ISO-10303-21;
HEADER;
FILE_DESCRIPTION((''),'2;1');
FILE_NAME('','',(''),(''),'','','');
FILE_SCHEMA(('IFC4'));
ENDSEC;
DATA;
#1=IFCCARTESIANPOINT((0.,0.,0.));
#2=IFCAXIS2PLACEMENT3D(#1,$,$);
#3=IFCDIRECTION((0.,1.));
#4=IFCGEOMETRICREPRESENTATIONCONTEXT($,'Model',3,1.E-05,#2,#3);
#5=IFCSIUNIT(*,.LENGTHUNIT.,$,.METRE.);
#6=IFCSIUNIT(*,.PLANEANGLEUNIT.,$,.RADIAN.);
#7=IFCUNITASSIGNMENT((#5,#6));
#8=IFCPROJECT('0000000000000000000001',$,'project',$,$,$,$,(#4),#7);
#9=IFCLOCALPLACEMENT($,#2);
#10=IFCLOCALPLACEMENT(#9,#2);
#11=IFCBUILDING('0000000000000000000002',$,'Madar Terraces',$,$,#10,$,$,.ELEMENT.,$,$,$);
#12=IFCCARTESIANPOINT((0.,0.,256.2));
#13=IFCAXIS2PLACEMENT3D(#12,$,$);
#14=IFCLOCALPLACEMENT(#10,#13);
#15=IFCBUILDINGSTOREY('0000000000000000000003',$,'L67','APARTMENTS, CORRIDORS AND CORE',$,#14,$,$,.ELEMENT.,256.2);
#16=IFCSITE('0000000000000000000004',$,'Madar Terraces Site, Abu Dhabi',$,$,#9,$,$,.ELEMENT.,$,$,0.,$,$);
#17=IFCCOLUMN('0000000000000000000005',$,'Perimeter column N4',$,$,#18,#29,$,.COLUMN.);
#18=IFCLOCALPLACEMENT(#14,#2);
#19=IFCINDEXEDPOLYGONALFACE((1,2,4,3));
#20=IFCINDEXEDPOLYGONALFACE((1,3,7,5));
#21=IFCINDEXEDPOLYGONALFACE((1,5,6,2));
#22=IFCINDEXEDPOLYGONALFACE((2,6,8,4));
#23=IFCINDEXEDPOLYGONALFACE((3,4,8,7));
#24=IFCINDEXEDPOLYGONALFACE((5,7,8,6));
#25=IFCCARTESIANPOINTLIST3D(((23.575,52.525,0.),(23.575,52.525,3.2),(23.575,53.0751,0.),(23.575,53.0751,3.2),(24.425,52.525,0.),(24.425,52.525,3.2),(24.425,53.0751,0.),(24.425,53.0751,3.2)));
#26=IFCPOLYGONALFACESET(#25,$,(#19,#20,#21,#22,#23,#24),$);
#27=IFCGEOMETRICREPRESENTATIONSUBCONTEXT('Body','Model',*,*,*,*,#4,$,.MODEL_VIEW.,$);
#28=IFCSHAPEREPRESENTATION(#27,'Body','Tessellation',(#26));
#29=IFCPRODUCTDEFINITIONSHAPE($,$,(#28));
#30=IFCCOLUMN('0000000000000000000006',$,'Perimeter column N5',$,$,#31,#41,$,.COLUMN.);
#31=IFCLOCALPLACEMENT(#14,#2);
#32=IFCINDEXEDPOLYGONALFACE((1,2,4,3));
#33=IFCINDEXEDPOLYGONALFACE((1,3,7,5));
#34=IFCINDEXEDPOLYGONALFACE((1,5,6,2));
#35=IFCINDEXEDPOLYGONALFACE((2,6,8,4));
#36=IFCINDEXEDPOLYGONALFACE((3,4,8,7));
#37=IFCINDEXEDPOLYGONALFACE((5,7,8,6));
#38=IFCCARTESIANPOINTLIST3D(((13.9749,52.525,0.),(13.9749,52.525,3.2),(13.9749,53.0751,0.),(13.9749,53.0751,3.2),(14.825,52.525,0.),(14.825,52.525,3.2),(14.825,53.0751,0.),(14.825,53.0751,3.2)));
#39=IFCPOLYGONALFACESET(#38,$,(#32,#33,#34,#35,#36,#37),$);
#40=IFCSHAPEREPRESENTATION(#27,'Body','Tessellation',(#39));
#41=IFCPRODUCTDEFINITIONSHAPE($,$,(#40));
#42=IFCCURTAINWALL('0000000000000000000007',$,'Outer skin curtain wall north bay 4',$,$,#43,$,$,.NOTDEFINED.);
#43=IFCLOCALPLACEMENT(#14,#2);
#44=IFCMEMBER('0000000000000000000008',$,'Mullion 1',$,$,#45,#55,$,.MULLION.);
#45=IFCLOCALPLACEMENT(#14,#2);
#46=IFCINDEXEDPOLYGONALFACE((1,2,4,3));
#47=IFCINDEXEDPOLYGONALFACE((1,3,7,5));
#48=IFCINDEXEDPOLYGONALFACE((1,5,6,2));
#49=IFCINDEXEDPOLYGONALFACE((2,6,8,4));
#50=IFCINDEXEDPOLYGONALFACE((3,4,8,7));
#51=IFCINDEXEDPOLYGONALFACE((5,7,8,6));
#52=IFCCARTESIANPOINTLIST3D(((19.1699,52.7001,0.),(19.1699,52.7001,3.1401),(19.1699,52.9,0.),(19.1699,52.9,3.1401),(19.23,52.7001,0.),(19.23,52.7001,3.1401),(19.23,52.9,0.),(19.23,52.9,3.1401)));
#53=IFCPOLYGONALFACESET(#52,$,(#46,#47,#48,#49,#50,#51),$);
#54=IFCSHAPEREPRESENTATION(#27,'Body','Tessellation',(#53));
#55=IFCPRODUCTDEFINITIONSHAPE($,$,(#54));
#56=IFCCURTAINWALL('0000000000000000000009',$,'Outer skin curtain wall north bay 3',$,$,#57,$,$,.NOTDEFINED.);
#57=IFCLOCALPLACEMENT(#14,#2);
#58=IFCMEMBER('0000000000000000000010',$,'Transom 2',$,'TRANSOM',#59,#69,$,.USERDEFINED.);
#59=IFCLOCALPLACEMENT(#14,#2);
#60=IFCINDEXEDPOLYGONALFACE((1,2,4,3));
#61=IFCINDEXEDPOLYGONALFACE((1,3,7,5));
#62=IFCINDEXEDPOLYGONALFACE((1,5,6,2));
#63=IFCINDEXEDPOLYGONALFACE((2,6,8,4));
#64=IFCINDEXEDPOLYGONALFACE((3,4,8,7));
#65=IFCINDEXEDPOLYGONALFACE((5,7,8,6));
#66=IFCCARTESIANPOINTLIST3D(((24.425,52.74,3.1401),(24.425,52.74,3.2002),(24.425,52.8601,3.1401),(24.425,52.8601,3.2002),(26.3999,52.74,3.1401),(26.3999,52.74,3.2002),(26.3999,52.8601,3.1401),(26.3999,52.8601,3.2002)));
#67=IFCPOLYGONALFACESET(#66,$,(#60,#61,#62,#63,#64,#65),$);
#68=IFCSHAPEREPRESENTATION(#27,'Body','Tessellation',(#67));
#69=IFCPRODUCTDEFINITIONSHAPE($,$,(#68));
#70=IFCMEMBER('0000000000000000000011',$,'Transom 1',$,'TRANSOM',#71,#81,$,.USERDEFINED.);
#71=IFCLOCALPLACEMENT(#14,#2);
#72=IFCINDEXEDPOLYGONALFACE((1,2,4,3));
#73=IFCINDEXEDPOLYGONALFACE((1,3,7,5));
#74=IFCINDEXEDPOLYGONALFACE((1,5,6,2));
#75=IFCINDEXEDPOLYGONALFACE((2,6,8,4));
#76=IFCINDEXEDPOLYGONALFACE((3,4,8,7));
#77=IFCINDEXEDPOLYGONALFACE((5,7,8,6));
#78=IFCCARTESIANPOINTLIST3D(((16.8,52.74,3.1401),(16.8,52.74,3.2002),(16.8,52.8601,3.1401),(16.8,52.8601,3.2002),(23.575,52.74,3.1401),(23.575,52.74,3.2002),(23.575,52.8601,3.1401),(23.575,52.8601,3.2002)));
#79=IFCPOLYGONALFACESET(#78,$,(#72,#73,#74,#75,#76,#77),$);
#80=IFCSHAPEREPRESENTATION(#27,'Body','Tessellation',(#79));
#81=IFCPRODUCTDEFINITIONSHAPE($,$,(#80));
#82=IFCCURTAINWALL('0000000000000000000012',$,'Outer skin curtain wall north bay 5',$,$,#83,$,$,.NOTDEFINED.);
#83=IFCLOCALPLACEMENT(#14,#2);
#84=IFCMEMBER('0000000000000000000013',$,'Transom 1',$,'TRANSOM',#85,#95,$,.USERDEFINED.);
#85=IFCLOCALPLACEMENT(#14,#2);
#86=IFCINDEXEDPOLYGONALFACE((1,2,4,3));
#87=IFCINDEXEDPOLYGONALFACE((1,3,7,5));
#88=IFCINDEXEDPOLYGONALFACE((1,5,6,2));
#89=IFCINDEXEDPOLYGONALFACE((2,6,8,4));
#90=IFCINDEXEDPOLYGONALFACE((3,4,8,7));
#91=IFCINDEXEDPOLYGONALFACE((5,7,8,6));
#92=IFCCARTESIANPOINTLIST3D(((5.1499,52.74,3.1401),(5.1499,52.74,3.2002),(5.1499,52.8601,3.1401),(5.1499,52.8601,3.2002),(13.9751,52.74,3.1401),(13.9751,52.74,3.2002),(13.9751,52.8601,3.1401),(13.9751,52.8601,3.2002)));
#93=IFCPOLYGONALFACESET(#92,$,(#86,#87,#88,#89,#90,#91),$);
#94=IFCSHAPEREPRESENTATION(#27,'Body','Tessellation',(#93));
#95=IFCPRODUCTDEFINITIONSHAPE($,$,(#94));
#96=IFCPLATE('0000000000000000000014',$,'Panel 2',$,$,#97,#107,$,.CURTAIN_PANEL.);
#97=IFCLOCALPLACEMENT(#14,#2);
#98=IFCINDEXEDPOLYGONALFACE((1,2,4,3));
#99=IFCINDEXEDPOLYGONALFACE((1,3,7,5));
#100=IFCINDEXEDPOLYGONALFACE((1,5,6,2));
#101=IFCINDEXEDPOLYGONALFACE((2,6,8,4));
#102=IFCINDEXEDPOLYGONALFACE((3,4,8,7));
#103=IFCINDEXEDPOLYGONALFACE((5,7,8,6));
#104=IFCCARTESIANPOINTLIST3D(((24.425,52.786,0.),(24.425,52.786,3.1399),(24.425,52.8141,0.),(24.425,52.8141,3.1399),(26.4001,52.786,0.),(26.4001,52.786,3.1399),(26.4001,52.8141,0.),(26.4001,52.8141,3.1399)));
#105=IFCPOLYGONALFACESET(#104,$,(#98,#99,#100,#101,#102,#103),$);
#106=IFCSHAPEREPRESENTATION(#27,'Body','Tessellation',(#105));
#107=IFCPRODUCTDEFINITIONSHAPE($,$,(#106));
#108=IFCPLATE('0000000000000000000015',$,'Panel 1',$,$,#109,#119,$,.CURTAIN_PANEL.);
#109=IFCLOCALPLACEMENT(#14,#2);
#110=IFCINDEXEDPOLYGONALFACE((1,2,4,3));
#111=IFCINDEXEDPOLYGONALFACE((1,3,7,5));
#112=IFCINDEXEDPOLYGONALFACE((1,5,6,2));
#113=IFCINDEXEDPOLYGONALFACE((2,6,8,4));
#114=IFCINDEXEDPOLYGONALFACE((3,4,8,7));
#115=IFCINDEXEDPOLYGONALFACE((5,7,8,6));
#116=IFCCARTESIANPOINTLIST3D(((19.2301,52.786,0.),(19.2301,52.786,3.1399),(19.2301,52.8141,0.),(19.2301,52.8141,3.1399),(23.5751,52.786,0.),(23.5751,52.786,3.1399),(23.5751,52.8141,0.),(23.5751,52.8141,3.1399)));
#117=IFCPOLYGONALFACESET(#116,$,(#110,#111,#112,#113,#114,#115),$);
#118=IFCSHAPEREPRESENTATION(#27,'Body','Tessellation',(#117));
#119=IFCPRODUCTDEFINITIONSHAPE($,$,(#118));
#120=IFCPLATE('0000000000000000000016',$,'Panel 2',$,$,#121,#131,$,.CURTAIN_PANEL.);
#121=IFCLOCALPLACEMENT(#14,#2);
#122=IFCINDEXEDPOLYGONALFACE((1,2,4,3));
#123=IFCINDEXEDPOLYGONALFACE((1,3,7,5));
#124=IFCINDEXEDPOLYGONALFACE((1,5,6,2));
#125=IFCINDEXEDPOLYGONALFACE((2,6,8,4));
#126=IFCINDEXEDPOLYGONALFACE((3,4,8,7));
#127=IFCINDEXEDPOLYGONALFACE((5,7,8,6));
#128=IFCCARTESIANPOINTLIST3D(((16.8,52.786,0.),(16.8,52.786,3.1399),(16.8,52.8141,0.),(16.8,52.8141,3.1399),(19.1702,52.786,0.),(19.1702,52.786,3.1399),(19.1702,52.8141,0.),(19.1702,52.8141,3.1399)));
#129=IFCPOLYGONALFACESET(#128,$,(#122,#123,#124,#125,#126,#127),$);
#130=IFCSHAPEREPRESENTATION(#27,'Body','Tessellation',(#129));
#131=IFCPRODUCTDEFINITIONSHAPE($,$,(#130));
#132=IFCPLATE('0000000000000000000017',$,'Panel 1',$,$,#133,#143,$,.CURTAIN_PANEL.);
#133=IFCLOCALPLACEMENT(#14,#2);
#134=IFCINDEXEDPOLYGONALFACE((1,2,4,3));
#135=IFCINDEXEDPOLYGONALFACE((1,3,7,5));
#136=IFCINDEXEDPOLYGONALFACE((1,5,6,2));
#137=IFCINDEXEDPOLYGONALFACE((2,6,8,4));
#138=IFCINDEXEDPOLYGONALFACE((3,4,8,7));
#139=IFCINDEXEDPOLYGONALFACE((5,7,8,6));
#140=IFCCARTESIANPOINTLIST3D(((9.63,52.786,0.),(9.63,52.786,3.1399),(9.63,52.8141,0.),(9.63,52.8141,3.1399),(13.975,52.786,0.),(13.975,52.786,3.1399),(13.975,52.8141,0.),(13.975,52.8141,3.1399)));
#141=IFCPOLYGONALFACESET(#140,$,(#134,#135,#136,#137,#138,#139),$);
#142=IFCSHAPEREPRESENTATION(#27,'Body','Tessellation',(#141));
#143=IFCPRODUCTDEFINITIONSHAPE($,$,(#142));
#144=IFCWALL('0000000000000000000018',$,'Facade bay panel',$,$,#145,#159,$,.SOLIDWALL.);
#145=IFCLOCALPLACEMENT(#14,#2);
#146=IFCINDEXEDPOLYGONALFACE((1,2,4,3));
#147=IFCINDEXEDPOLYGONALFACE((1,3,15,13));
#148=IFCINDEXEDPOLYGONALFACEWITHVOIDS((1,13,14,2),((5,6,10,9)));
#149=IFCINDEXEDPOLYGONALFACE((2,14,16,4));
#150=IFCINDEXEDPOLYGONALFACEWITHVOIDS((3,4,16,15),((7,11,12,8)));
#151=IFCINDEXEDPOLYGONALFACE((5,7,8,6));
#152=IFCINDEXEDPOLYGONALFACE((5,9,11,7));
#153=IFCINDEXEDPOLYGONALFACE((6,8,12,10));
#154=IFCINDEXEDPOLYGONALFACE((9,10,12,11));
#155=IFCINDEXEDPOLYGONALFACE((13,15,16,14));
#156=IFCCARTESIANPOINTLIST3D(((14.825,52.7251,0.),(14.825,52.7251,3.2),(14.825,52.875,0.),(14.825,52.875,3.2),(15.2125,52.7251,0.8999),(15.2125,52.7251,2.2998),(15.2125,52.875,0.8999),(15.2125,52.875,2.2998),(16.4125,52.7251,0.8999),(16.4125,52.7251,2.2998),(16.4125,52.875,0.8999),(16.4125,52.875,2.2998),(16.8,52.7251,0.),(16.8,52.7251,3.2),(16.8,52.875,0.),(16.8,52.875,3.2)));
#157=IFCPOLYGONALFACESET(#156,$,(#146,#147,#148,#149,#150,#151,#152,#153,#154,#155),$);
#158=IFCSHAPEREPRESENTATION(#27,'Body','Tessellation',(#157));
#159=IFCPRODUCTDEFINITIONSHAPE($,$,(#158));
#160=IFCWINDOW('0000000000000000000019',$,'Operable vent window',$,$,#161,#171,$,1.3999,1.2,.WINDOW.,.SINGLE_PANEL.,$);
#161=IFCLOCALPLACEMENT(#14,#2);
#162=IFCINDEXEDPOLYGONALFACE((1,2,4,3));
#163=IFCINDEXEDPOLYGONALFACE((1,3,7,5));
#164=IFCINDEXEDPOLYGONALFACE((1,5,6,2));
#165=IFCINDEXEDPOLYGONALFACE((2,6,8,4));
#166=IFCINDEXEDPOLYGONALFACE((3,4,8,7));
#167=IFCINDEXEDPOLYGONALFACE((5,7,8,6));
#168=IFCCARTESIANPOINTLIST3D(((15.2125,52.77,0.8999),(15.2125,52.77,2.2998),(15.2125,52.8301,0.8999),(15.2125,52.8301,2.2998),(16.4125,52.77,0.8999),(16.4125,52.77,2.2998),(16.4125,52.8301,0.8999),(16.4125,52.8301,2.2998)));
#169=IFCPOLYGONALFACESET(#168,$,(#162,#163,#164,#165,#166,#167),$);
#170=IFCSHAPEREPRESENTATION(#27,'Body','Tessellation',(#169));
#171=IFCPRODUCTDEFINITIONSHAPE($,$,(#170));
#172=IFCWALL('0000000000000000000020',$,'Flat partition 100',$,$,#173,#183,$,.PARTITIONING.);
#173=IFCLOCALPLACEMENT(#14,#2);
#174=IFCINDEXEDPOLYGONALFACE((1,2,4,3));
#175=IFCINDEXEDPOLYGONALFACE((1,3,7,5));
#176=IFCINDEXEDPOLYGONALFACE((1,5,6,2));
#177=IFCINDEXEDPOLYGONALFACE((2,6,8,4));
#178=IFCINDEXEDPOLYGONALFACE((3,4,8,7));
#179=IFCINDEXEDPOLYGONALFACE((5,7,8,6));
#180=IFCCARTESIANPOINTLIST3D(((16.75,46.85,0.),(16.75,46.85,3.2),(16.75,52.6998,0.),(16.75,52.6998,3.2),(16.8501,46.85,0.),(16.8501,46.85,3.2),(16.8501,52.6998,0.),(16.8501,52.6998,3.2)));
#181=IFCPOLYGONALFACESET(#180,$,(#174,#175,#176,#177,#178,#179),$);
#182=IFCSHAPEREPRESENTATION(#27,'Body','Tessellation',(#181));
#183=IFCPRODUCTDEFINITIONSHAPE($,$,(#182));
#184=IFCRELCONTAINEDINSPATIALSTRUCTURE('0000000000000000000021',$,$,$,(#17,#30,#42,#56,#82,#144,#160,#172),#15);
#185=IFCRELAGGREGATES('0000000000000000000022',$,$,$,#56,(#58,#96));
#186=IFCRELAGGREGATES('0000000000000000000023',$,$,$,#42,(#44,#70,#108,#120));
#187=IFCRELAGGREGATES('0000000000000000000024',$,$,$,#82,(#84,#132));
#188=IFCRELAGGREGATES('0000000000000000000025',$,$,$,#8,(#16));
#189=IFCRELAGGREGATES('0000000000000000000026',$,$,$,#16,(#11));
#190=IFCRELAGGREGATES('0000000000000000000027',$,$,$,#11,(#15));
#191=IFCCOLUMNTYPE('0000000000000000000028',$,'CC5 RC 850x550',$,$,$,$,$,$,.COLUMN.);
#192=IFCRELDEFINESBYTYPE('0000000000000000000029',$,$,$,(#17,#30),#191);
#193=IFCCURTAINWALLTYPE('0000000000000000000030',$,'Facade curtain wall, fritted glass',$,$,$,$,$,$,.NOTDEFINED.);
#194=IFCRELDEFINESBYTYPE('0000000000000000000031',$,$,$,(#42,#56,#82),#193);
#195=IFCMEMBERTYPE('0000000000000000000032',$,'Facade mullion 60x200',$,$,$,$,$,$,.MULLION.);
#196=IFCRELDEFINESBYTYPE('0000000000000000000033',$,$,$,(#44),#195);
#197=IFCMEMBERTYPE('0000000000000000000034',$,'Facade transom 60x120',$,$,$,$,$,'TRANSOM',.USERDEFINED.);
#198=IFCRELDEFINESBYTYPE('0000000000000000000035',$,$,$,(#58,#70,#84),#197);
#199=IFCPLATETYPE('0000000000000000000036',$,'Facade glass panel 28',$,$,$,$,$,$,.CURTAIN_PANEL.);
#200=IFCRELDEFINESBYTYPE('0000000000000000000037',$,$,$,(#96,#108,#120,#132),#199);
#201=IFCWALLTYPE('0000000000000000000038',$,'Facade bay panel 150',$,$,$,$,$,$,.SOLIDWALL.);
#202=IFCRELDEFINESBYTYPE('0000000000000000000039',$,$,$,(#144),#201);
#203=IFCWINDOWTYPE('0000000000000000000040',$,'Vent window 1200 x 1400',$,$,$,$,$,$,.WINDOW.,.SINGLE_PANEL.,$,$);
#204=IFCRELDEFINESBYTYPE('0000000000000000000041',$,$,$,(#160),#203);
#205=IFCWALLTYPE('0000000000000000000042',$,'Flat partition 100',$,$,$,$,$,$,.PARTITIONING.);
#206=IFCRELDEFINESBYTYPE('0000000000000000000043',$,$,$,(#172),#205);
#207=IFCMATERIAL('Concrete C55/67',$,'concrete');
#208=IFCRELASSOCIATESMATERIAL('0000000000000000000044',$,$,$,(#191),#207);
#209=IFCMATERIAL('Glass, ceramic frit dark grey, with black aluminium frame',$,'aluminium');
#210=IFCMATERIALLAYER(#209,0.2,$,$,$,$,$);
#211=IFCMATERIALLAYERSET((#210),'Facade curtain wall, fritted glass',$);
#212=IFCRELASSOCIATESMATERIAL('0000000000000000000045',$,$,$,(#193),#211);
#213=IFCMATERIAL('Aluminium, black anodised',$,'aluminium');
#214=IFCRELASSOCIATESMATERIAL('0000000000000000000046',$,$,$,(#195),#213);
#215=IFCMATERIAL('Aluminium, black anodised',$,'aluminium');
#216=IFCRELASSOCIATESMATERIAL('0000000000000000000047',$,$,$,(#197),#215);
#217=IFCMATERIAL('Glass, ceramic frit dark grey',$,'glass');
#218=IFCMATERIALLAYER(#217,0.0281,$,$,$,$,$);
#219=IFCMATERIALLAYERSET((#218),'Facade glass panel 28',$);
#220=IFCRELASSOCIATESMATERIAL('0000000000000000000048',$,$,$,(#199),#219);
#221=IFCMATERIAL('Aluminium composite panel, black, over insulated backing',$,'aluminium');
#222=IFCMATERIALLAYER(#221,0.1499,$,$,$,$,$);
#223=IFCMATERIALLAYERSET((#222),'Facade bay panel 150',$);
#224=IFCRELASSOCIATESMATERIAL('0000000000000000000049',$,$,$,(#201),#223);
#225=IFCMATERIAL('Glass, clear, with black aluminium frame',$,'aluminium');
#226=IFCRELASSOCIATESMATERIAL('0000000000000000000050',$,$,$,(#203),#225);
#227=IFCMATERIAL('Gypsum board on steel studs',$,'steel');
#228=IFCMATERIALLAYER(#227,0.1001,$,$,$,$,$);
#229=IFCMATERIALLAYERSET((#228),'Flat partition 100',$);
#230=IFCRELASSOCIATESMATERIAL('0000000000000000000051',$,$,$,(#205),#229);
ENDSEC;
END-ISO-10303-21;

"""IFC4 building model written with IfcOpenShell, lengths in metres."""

from ifc_helpers import new_model, si_unit, direction, frame, frame_2d, origin, origin_2d, place, context, subcontext, project, spatial, rectangle, extrude, material, layer, layer_set, material_profile, profile_set, type_object, element, fill, aggregate, save


model = new_model("IFC4")

# Units and contexts
model_context = context("Model", 3, precision=1e-05, world=origin(), true_north=direction((0.0, 1.0)))
body_context = subcontext(model_context, "Body", "Model", "MODEL_VIEW")
ifc_project = project(units=[si_unit("LENGTHUNIT", "METRE"), si_unit("PLANEANGLEUNIT", "RADIAN")], contexts=[model_context])

# Site, building, storey
site_placement = place(None, origin())
site = spatial("IfcSite", under=ifc_project, at=site_placement, Name="Madar Terraces Site, Abu Dhabi", CompositionType="ELEMENT", RefElevation=0.0)
building_placement = place(site_placement, origin())
building = spatial("IfcBuilding", under=site, at=building_placement, Name="Madar Terraces", CompositionType="ELEMENT")
storey_placement = place(building_placement, frame((0.0, 0.0, 256.2)))
storey = spatial("IfcBuildingStorey", under=building, at=storey_placement, Name="L67", Description="APARTMENTS, CORRIDORS AND CORE", CompositionType="ELEMENT", Elevation=256.2)

# Columns
ifc_material_1 = material(Name="Concrete C55/67", Category="concrete")
ifc_material_profile_1 = material_profile(ifc_material_1, rectangle(XDim=0.8501, YDim=0.55, at=origin_2d()), Name="CC5 RC 850x550")
ifc_profile_set_1 = profile_set([ifc_material_profile_1], Name="Concrete C55/67")
column_type = type_object("IfcColumnType", Name="CC5 RC 850x550", PredefinedType="COLUMN", material=ifc_profile_set_1)
for number, where, z_axis, x_axis, name in (
    (1, (24.0, 52.8, 0.0), (0.0, 0.0, 1.0), (1.0, 0.0, 0.0), "Perimeter column N4"),
    (2, (14.3999, 52.8, 0.0), (0.0, 0.0, 1.0), (1.0, 0.0, 0.0), "Perimeter column N5"),
):
    element("IfcColumn", number, at=place(storey_placement, frame(where, z_axis=z_axis, x_axis=x_axis)), inside=storey, type_object=column_type, Name=name, PredefinedType="COLUMN", context=body_context, shape_type="SweptSolid", body=[
        extrude(rectangle(XDim=0.8501, YDim=0.55, at=origin_2d()), origin(), (0.0, 0.0, 1.0), 3.2),
    ])

# Curtain walls, members
ifc_material_2 = material(Name="Glass, ceramic frit dark grey, with black aluminium frame", Category="aluminium")
ifc_layer_1 = layer(ifc_material_2, 0.2)
ifc_layer_set_1 = layer_set([ifc_layer_1], Name="Facade curtain wall, fritted glass")
curtain_wall_type = type_object("IfcCurtainWallType", Name="Facade curtain wall, fritted glass", PredefinedType="NOTDEFINED", material=ifc_layer_set_1)
curtain_wall_1_placement = place(storey_placement, origin())
curtain_wall_1 = element("IfcCurtainWall", 3, at=curtain_wall_1_placement, inside=storey, type_object=curtain_wall_type, Name="Outer skin curtain wall north bay 4", PredefinedType="NOTDEFINED")
ifc_material_3 = material(Name="Aluminium, black anodised", Category="aluminium")
ifc_material_profile_2 = material_profile(ifc_material_3, rectangle(XDim=0.2, YDim=0.0601, at=origin_2d()), Name="Facade mullion 60x200")
ifc_profile_set_2 = profile_set([ifc_material_profile_2], Name="Aluminium, black anodised")
member_type_1 = type_object("IfcMemberType", Name="Facade mullion 60x200", PredefinedType="MULLION", material=ifc_profile_set_2)
member_1_placement = place(storey_placement, frame((19.2, 52.8, 0.0), z_axis=(0.0, 0.0, 1.0), x_axis=(0.0, -1.0, 0.0)))
member_1 = element("IfcMember", 4, at=member_1_placement, type_object=member_type_1, Name="Mullion 1", PredefinedType="MULLION", context=body_context, shape_type="SweptSolid", body=[
    extrude(rectangle(XDim=0.2, YDim=0.0601, at=origin_2d()), origin(), (0.0, 0.0, 1.0), 3.1401),
])
curtain_wall_2_placement = place(storey_placement, origin())
curtain_wall_2 = element("IfcCurtainWall", 5, at=curtain_wall_2_placement, inside=storey, type_object=curtain_wall_type, Name="Outer skin curtain wall north bay 3", PredefinedType="NOTDEFINED")
ifc_material_4 = material(Name="Aluminium, black anodised", Category="aluminium")
ifc_material_profile_3 = material_profile(ifc_material_4, rectangle(XDim=0.1201, YDim=0.0601, at=origin_2d()), Name="Facade transom 60x120")
ifc_profile_set_3 = profile_set([ifc_material_profile_3], Name="Aluminium, black anodised")
member_type_2 = type_object("IfcMemberType", Name="Facade transom 60x120", ElementType="TRANSOM", PredefinedType="USERDEFINED", material=ifc_profile_set_3)
member_2_placement = place(storey_placement, frame((26.3999, 52.8, 3.1702), z_axis=(-1.0, 0.0, 0.0), x_axis=(0.0, -1.0, 0.0)))
member_2 = element("IfcMember", 6, at=member_2_placement, type_object=member_type_2, Name="Transom 2", ObjectType="TRANSOM", PredefinedType="USERDEFINED", context=body_context, shape_type="SweptSolid", body=[
    extrude(rectangle(XDim=0.1201, YDim=0.0601, at=origin_2d()), origin(), (0.0, 0.0, 1.0), 1.9749),
])

# Member
member_3_placement = place(storey_placement, frame((23.575, 52.8, 3.1702), z_axis=(-1.0, 0.0, 0.0), x_axis=(0.0, -1.0, 0.0)))
member_3 = element("IfcMember", 7, at=member_3_placement, type_object=member_type_2, Name="Transom 1", ObjectType="TRANSOM", PredefinedType="USERDEFINED", context=body_context, shape_type="SweptSolid", body=[
    extrude(rectangle(XDim=0.1201, YDim=0.0601, at=origin_2d()), origin(), (0.0, 0.0, 1.0), 6.7749),
])

# Curtain wall, member
curtain_wall_3_placement = place(storey_placement, origin())
curtain_wall_3 = element("IfcCurtainWall", 8, at=curtain_wall_3_placement, inside=storey, type_object=curtain_wall_type, Name="Outer skin curtain wall north bay 5", PredefinedType="NOTDEFINED")
member_4_placement = place(storey_placement, frame((13.9751, 52.8, 3.1702), z_axis=(-1.0, 0.0, 0.0), x_axis=(0.0, -1.0, 0.0)))
member_4 = element("IfcMember", 9, at=member_4_placement, type_object=member_type_2, Name="Transom 1", ObjectType="TRANSOM", PredefinedType="USERDEFINED", context=body_context, shape_type="SweptSolid", body=[
    extrude(rectangle(XDim=0.1201, YDim=0.0601, at=origin_2d()), origin(), (0.0, 0.0, 1.0), 8.8252),
])

# Plates
ifc_material_5 = material(Name="Glass, ceramic frit dark grey", Category="glass")
ifc_layer_2 = layer(ifc_material_5, 0.0281)
ifc_layer_set_2 = layer_set([ifc_layer_2], Name="Facade glass panel 28")
plate_type = type_object("IfcPlateType", Name="Facade glass panel 28", PredefinedType="CURTAIN_PANEL", material=ifc_layer_set_2)
plate_1_placement = place(storey_placement, frame((25.4126, 52.8, 0.0), z_axis=(0.0, 0.0, 1.0), x_axis=(-1.0, 0.0, 0.0)))
plate_1 = element("IfcPlate", 10, at=plate_1_placement, type_object=plate_type, Name="Panel 2", PredefinedType="CURTAIN_PANEL", context=body_context, shape_type="SweptSolid", body=[
    extrude(rectangle(XDim=1.9751, YDim=0.0281, at=origin_2d()), origin(), (0.0, 0.0, 1.0), 3.1399),
])
aggregate(curtain_wall_2, [member_2, plate_1])
plate_2_placement = place(storey_placement, frame((21.4026, 52.8, 0.0), z_axis=(0.0, 0.0, 1.0), x_axis=(-1.0, 0.0, 0.0)))
plate_2 = element("IfcPlate", 11, at=plate_2_placement, type_object=plate_type, Name="Panel 1", PredefinedType="CURTAIN_PANEL", context=body_context, shape_type="SweptSolid", body=[
    extrude(rectangle(XDim=4.345, YDim=0.0281, at=origin_2d()), origin(), (0.0, 0.0, 1.0), 3.1399),
])
plate_3_placement = place(storey_placement, frame((17.9851, 52.8, 0.0), z_axis=(0.0, 0.0, 1.0), x_axis=(-1.0, 0.0, 0.0)))
plate_3 = element("IfcPlate", 12, at=plate_3_placement, type_object=plate_type, Name="Panel 2", PredefinedType="CURTAIN_PANEL", context=body_context, shape_type="SweptSolid", body=[
    extrude(rectangle(XDim=2.3701, YDim=0.0281, at=origin_2d()), origin(), (0.0, 0.0, 1.0), 3.1399),
])
aggregate(curtain_wall_1, [member_1, member_3, plate_2, plate_3])
plate_4_placement = place(storey_placement, frame((11.8025, 52.8, 0.0), z_axis=(0.0, 0.0, 1.0), x_axis=(-1.0, 0.0, 0.0)))
plate_4 = element("IfcPlate", 13, at=plate_4_placement, type_object=plate_type, Name="Panel 1", PredefinedType="CURTAIN_PANEL", context=body_context, shape_type="SweptSolid", body=[
    extrude(rectangle(XDim=4.345, YDim=0.0281, at=origin_2d()), origin(), (0.0, 0.0, 1.0), 3.1399),
])
aggregate(curtain_wall_3, [member_4, plate_4])

# Shared definitions
ifc_material_6 = material(Name="Aluminium composite panel, black, over insulated backing", Category="aluminium")
ifc_layer_3 = layer(ifc_material_6, 0.1499)
ifc_layer_set_3 = layer_set([ifc_layer_3], Name="Facade bay panel 150")
wall_type_1 = type_object("IfcWallType", Name="Facade bay panel 150", PredefinedType="SOLIDWALL", material=ifc_layer_set_3)

# Wall, opening, window
wall_1_placement = place(storey_placement, frame((16.8, 52.8, 0.0), z_axis=(0.0, 0.0, 1.0), x_axis=(-1.0, 0.0, 0.0)))
wall_1 = element("IfcWall", 14, at=wall_1_placement, inside=storey, type_object=wall_type_1, Name="Facade bay panel", PredefinedType="SOLIDWALL", context=body_context, shape_type="SweptSolid", body=[
    extrude(rectangle(XDim=1.9751, YDim=0.1499, at=frame_2d((0.9875, 0.0))), origin(), (0.0, 0.0, 1.0), 3.2),
])
opening_1_placement = place(wall_1_placement, frame((0.3875, 0.0, 0.8999)))
opening_1 = element("IfcOpeningElement", 15, at=opening_1_placement, cuts=wall_1, PredefinedType="OPENING", context=body_context, shape_type="SweptSolid", body=[
    extrude(rectangle(XDim=1.2, YDim=1.3999, at=frame_2d((0.6001, 0.7))), frame((0.0, 0.085, 0.0), z_axis=(0.0, -1.0, 0.0), x_axis=(1.0, 0.0, 0.0)), (0.0, 0.0, 1.0), 0.1699),
])
ifc_material_7 = material(Name="Glass, clear, with black aluminium frame", Category="aluminium")
window_type = type_object("IfcWindowType", Name="Vent window 1200 x 1400", PartitioningType="SINGLE_PANEL", PredefinedType="WINDOW", material=ifc_material_7)
window_placement = place(opening_1_placement, origin())
window = element("IfcWindow", 16, at=window_placement, inside=storey, type_object=window_type, Name="Operable vent window", OverallHeight=1.3999, OverallWidth=1.2, PartitioningType="SINGLE_PANEL", PredefinedType="WINDOW", context=body_context, shape_type="SweptSolid", body=[
    extrude(rectangle(XDim=1.2, YDim=1.3999, at=frame_2d((0.6001, 0.7))), frame((0.0, 0.03, 0.0), z_axis=(0.0, -1.0, 0.0), x_axis=(1.0, 0.0, 0.0)), (0.0, 0.0, 1.0), 0.0601),
])
fill(opening_1, window)

# Wall
ifc_material_8 = material(Name="Gypsum board on steel studs", Category="steel")
ifc_layer_4 = layer(ifc_material_8, 0.1001)
ifc_layer_set_4 = layer_set([ifc_layer_4], Name="Flat partition 100")
wall_type_2 = type_object("IfcWallType", Name="Flat partition 100", PredefinedType="PARTITIONING", material=ifc_layer_set_4)
for number, where, z_axis, x_axis, name in (
    (17, (16.8, 46.8501, 0.0), (0.0, 0.0, 1.0), (0.0, 1.0, 0.0), "Flat partition 100"),
):
    element("IfcWall", number, at=place(storey_placement, frame(where, z_axis=z_axis, x_axis=x_axis)), inside=storey, type_object=wall_type_2, Name=name, PredefinedType="PARTITIONING", context=body_context, shape_type="SweptSolid", body=[
        extrude(rectangle(XDim=5.8499, YDim=0.1001, at=frame_2d((2.9248, 0.0))), origin(), (0.0, 0.0, 1.0), 3.2),
    ])

save(model, "model.ifc")
